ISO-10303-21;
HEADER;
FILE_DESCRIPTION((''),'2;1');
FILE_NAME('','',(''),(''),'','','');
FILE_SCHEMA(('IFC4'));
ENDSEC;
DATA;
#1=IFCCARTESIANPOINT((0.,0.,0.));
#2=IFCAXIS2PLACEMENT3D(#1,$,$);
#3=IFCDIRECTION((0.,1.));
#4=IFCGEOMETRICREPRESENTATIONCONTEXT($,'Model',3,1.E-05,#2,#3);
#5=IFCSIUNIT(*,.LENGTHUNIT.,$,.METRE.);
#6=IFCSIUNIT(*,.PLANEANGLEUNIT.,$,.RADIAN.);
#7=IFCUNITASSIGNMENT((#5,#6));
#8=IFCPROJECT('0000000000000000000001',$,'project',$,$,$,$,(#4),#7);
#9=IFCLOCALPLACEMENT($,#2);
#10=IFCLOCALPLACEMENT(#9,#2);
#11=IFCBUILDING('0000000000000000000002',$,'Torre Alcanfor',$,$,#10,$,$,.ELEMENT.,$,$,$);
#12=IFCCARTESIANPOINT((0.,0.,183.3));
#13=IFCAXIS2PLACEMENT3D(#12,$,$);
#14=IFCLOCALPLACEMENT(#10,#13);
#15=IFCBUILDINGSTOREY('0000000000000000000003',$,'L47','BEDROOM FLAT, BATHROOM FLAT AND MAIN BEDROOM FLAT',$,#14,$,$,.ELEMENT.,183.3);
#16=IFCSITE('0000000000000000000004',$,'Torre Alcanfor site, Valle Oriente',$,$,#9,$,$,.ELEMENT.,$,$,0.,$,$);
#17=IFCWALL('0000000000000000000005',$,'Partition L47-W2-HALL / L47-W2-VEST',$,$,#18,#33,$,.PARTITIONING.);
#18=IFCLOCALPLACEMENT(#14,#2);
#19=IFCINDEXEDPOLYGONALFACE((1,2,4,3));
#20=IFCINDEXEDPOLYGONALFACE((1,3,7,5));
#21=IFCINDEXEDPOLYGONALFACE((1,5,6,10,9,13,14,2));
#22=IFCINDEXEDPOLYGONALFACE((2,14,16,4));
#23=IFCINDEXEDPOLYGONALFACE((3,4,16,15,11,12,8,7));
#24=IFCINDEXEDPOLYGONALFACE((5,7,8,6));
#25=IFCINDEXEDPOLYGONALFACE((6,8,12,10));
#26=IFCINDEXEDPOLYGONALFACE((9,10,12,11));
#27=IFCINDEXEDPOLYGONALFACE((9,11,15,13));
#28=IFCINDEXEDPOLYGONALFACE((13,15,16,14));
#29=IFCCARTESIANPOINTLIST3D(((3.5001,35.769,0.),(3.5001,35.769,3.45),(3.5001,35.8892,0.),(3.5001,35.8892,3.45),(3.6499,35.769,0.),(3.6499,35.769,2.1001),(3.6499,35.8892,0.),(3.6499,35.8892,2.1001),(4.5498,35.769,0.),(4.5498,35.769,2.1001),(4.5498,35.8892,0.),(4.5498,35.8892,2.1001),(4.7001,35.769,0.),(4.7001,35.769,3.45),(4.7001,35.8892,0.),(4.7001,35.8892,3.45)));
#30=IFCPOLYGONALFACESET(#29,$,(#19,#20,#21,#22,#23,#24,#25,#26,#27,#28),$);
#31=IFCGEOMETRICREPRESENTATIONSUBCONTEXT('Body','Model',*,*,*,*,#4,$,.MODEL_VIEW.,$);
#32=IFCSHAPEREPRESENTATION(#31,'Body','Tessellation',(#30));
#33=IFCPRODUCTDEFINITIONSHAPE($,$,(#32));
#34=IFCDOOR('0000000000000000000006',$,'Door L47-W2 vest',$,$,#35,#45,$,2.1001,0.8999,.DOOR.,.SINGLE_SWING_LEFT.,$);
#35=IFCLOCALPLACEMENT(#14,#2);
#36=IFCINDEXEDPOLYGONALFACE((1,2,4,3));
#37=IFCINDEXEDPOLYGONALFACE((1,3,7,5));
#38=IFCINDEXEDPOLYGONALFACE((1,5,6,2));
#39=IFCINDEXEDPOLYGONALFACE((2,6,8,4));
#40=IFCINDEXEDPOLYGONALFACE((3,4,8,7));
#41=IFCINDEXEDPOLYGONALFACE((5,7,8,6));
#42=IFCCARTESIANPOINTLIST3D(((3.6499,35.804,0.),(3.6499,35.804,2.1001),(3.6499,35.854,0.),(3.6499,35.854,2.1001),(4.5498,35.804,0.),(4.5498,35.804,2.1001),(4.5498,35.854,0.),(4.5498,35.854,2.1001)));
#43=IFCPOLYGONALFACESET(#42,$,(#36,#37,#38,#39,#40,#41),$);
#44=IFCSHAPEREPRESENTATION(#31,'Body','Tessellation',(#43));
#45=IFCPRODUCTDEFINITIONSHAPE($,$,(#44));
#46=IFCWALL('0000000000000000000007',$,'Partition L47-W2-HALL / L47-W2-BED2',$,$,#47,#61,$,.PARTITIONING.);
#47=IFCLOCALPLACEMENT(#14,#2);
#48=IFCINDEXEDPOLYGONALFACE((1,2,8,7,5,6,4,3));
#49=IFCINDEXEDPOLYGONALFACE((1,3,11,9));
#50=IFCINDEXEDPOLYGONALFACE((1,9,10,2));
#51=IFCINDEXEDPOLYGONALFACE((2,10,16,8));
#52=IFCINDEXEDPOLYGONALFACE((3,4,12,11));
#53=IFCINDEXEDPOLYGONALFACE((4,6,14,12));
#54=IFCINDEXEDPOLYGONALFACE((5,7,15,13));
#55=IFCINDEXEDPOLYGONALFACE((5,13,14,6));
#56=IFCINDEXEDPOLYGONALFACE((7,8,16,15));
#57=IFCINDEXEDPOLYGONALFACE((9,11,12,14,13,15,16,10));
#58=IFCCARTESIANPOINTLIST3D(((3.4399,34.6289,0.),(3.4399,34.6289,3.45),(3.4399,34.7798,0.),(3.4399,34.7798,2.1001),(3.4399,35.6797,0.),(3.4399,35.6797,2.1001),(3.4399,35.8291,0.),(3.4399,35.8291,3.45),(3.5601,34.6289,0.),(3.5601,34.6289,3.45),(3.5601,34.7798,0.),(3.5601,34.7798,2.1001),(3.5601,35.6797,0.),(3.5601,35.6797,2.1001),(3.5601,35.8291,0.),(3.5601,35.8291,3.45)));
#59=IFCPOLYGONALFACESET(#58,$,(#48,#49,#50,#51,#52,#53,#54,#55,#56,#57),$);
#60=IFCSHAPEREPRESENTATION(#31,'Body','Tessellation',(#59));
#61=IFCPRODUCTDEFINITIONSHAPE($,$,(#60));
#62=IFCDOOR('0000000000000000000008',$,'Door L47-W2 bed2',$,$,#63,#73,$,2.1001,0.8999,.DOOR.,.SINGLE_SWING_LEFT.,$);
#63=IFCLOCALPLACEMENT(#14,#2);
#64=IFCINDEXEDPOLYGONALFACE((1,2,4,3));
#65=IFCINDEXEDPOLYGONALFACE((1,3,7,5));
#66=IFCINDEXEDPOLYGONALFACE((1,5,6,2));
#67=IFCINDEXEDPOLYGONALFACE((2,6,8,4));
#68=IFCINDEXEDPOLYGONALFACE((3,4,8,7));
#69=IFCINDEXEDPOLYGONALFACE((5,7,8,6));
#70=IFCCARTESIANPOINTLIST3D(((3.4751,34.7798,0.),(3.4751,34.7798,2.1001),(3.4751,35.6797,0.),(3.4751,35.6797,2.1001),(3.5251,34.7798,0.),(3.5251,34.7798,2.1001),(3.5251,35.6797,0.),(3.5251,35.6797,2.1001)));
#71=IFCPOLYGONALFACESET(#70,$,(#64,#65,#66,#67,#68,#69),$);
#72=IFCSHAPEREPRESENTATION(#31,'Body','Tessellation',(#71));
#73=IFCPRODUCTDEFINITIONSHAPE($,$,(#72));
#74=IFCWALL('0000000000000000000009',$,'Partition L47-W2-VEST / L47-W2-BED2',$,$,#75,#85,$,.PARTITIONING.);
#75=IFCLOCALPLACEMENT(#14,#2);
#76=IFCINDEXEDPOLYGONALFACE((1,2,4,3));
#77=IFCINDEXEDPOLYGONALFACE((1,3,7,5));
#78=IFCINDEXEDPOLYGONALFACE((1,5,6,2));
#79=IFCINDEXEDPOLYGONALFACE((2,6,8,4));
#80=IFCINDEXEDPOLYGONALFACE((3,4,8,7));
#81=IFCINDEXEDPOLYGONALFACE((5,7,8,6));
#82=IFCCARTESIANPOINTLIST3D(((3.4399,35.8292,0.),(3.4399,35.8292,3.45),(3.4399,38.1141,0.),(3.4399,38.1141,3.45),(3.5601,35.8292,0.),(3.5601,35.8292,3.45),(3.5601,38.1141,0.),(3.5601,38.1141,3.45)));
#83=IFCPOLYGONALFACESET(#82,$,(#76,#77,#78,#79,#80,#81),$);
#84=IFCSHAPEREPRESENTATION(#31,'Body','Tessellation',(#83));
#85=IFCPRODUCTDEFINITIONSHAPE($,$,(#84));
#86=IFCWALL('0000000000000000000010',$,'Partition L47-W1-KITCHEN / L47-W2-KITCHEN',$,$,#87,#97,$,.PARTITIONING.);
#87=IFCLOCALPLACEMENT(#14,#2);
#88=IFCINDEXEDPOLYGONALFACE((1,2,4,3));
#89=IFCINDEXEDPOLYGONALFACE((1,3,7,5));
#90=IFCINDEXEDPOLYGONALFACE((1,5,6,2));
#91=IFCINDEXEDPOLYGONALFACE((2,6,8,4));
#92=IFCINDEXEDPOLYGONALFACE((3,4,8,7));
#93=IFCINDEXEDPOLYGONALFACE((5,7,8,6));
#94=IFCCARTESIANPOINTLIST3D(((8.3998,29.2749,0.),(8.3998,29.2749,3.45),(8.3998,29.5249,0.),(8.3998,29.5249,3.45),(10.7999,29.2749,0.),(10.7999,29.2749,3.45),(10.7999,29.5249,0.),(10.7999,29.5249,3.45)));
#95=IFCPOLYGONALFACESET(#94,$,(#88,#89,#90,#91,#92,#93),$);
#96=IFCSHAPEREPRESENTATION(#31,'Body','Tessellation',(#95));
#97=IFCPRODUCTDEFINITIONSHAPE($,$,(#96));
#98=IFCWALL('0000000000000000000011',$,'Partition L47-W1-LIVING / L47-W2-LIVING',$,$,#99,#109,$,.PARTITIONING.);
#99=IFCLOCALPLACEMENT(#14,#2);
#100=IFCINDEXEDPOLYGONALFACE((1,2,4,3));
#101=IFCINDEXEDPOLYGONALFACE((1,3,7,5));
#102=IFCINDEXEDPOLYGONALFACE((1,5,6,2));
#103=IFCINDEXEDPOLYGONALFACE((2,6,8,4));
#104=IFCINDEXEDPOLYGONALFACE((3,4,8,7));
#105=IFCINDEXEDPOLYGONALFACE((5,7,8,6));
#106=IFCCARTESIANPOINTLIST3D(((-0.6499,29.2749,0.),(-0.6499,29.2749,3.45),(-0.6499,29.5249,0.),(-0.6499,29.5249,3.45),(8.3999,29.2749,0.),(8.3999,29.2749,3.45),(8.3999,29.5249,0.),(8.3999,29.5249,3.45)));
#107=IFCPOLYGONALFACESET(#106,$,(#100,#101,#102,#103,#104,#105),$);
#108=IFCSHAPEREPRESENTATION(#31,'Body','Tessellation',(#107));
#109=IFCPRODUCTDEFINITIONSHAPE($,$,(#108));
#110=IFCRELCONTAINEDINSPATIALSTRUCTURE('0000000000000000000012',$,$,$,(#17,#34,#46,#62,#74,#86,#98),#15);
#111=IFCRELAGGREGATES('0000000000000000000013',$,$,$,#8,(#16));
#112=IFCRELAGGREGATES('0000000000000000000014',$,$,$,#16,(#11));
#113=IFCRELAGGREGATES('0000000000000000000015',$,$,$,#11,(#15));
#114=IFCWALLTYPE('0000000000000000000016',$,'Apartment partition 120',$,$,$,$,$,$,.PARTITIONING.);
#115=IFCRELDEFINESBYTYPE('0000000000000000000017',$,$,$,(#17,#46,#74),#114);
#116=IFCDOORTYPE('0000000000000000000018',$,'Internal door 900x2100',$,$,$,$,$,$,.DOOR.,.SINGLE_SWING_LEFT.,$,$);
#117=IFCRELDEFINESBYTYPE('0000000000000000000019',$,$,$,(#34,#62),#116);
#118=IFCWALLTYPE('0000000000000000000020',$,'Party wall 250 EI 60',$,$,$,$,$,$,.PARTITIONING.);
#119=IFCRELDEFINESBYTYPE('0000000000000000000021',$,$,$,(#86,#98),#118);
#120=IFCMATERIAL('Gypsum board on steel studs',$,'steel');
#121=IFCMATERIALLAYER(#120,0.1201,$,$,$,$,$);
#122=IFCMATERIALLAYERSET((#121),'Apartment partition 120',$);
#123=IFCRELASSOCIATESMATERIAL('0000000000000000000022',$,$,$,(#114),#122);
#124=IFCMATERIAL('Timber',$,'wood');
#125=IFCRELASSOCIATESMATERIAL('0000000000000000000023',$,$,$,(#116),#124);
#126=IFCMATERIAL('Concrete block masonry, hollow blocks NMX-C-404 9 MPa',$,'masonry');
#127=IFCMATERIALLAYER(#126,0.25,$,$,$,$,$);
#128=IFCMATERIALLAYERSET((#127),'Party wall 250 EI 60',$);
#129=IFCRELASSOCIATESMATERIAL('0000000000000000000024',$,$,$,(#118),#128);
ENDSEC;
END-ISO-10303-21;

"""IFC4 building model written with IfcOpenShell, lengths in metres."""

from ifc_helpers import new_model, si_unit, direction, frame, frame_2d, origin, place, context, subcontext, project, spatial, rectangle, extrude, material, layer, layer_set, type_object, element, fill, save


model = new_model("IFC4")

# Units and contexts
model_context = context("Model", 3, precision=1e-05, world=origin(), true_north=direction((0.0, 1.0)))
body_context = subcontext(model_context, "Body", "Model", "MODEL_VIEW")
ifc_project = project(units=[si_unit("LENGTHUNIT", "METRE"), si_unit("PLANEANGLEUNIT", "RADIAN")], contexts=[model_context])

# Site, building, storey
site_placement = place(None, origin())
site = spatial("IfcSite", under=ifc_project, at=site_placement, Name="Torre Alcanfor site, Valle Oriente", CompositionType="ELEMENT", RefElevation=0.0)
building_placement = place(site_placement, origin())
building = spatial("IfcBuilding", under=site, at=building_placement, Name="Torre Alcanfor", CompositionType="ELEMENT")
storey_placement = place(building_placement, frame((0.0, 0.0, 183.3)))
storey = spatial("IfcBuildingStorey", under=building, at=storey_placement, Name="L47", Description="BEDROOM FLAT, BATHROOM FLAT AND MAIN BEDROOM FLAT", CompositionType="ELEMENT", Elevation=183.3)

# Shared definitions
ifc_material_1 = material(Name="Gypsum board on steel studs", Category="steel")
ifc_layer_1 = layer(ifc_material_1, 0.1201)
ifc_layer_set_1 = layer_set([ifc_layer_1], Name="Apartment partition 120")
wall_type_1 = type_object("IfcWallType", Name="Apartment partition 120", PredefinedType="PARTITIONING", material=ifc_layer_set_1)

# Shared definitions
ifc_material_2 = material(Name="Timber", Category="wood")
door_type = type_object("IfcDoorType", Name="Internal door 900x2100", OperationType="SINGLE_SWING_LEFT", PredefinedType="DOOR", material=ifc_material_2)

# Walls, openings, doors
wall_1_placement = place(storey_placement, frame((3.5, 35.8291, 0.0), z_axis=(0.0, 0.0, 1.0), x_axis=(1.0, 0.0, 0.0)))
wall_1 = element("IfcWall", 1, at=wall_1_placement, inside=storey, type_object=wall_type_1, Name="Partition L47-W2-HALL / L47-W2-VEST", PredefinedType="PARTITIONING", context=body_context, shape_type="SweptSolid", body=[
    extrude(rectangle(XDim=1.2, YDim=0.1201, at=frame_2d((0.6001, 0.0))), origin(), (0.0, 0.0, 1.0), 3.45),
])
opening_1_placement = place(wall_1_placement, frame((0.1499, 0.0, 0.0)))
opening_1 = element("IfcOpeningElement", 2, at=opening_1_placement, cuts=wall_1, PredefinedType="OPENING", context=body_context, shape_type="SweptSolid", body=[
    extrude(rectangle(XDim=0.8999, YDim=2.1001, at=frame_2d((0.45, 1.05))), frame((0.0, 0.0701, 0.0), z_axis=(0.0, -1.0, 0.0), x_axis=(1.0, 0.0, 0.0)), (0.0, 0.0, 1.0), 0.1401),
])
door_1_placement = place(opening_1_placement, origin())
door_1 = element("IfcDoor", 3, at=door_1_placement, inside=storey, type_object=door_type, Name="Door L47-W2 vest", OperationType="SINGLE_SWING_LEFT", OverallHeight=2.1001, OverallWidth=0.8999, PredefinedType="DOOR", context=body_context, shape_type="SweptSolid", body=[
    extrude(rectangle(XDim=0.8999, YDim=2.1001, at=frame_2d((0.45, 1.05))), frame((0.0, 0.0249, 0.0), z_axis=(0.0, -1.0, 0.0), x_axis=(1.0, 0.0, 0.0)), (0.0, 0.0, 1.0), 0.05),
])
fill(opening_1, door_1)
wall_2_placement = place(storey_placement, frame((3.5, 34.6289, 0.0), z_axis=(0.0, 0.0, 1.0), x_axis=(0.0, 1.0, 0.0)))
wall_2 = element("IfcWall", 4, at=wall_2_placement, inside=storey, type_object=wall_type_1, Name="Partition L47-W2-HALL / L47-W2-BED2", PredefinedType="PARTITIONING", context=body_context, shape_type="SweptSolid", body=[
    extrude(rectangle(XDim=1.2002, YDim=0.1201, at=frame_2d((0.6001, 0.0))), origin(), (0.0, 0.0, 1.0), 3.45),
])
opening_2_placement = place(wall_2_placement, frame((0.1509, 0.0, 0.0)))
opening_2 = element("IfcOpeningElement", 5, at=opening_2_placement, cuts=wall_2, PredefinedType="OPENING", context=body_context, shape_type="SweptSolid", body=[
    extrude(rectangle(XDim=0.8999, YDim=2.1001, at=frame_2d((0.45, 1.05))), frame((0.0, 0.0701, 0.0), z_axis=(0.0, -1.0, 0.0), x_axis=(1.0, 0.0, 0.0)), (0.0, 0.0, 1.0), 0.1401),
])
door_2_placement = place(opening_2_placement, origin())
door_2 = element("IfcDoor", 6, at=door_2_placement, inside=storey, type_object=door_type, Name="Door L47-W2 bed2", OperationType="SINGLE_SWING_LEFT", OverallHeight=2.1001, OverallWidth=0.8999, PredefinedType="DOOR", context=body_context, shape_type="SweptSolid", body=[
    extrude(rectangle(XDim=0.8999, YDim=2.1001, at=frame_2d((0.45, 1.05))), frame((0.0, 0.0249, 0.0), z_axis=(0.0, -1.0, 0.0), x_axis=(1.0, 0.0, 0.0)), (0.0, 0.0, 1.0), 0.05),
])
fill(opening_2, door_2)

# Walls
wall_3_placement = place(storey_placement, frame((3.5, 35.8291, 0.0), z_axis=(0.0, 0.0, 1.0), x_axis=(0.0, 1.0, 0.0)))
element("IfcWall", 7, at=wall_3_placement, inside=storey, type_object=wall_type_1, Name="Partition L47-W2-VEST / L47-W2-BED2", PredefinedType="PARTITIONING", context=body_context, shape_type="SweptSolid", body=[
    extrude(rectangle(XDim=2.2849, YDim=0.1201, at=frame_2d((1.1426, 0.0))), origin(), (0.0, 0.0, 1.0), 3.45),
])
ifc_material_3 = material(Name="Concrete block masonry, hollow blocks NMX-C-404 9 MPa", Category="masonry")
ifc_layer_2 = layer(ifc_material_3, 0.25)
ifc_layer_set_2 = layer_set([ifc_layer_2], Name="Party wall 250 EI 60")
wall_type_2 = type_object("IfcWallType", Name="Party wall 250 EI 60", PredefinedType="PARTITIONING", material=ifc_layer_set_2)
wall_4_placement = place(storey_placement, frame((10.8, 29.3999, 0.0), z_axis=(0.0, 0.0, 1.0), x_axis=(-1.0, 0.0, 0.0)))
element("IfcWall", 8, at=wall_4_placement, inside=storey, type_object=wall_type_2, Name="Partition L47-W1-KITCHEN / L47-W2-KITCHEN", PredefinedType="PARTITIONING", context=body_context, shape_type="SweptSolid", body=[
    extrude(rectangle(XDim=2.4001, YDim=0.25, at=frame_2d((1.2002, 0.0))), origin(), (0.0, 0.0, 1.0), 3.45),
])
wall_5_placement = place(storey_placement, frame((8.3999, 29.3999, 0.0), z_axis=(0.0, 0.0, 1.0), x_axis=(-1.0, 0.0, 0.0)))
element("IfcWall", 9, at=wall_5_placement, inside=storey, type_object=wall_type_2, Name="Partition L47-W1-LIVING / L47-W2-LIVING", PredefinedType="PARTITIONING", context=body_context, shape_type="SweptSolid", body=[
    extrude(rectangle(XDim=9.0498, YDim=0.25, at=frame_2d((4.5249, 0.0))), origin(), (0.0, 0.0, 1.0), 3.45),
])

save(model, "model.ifc")
